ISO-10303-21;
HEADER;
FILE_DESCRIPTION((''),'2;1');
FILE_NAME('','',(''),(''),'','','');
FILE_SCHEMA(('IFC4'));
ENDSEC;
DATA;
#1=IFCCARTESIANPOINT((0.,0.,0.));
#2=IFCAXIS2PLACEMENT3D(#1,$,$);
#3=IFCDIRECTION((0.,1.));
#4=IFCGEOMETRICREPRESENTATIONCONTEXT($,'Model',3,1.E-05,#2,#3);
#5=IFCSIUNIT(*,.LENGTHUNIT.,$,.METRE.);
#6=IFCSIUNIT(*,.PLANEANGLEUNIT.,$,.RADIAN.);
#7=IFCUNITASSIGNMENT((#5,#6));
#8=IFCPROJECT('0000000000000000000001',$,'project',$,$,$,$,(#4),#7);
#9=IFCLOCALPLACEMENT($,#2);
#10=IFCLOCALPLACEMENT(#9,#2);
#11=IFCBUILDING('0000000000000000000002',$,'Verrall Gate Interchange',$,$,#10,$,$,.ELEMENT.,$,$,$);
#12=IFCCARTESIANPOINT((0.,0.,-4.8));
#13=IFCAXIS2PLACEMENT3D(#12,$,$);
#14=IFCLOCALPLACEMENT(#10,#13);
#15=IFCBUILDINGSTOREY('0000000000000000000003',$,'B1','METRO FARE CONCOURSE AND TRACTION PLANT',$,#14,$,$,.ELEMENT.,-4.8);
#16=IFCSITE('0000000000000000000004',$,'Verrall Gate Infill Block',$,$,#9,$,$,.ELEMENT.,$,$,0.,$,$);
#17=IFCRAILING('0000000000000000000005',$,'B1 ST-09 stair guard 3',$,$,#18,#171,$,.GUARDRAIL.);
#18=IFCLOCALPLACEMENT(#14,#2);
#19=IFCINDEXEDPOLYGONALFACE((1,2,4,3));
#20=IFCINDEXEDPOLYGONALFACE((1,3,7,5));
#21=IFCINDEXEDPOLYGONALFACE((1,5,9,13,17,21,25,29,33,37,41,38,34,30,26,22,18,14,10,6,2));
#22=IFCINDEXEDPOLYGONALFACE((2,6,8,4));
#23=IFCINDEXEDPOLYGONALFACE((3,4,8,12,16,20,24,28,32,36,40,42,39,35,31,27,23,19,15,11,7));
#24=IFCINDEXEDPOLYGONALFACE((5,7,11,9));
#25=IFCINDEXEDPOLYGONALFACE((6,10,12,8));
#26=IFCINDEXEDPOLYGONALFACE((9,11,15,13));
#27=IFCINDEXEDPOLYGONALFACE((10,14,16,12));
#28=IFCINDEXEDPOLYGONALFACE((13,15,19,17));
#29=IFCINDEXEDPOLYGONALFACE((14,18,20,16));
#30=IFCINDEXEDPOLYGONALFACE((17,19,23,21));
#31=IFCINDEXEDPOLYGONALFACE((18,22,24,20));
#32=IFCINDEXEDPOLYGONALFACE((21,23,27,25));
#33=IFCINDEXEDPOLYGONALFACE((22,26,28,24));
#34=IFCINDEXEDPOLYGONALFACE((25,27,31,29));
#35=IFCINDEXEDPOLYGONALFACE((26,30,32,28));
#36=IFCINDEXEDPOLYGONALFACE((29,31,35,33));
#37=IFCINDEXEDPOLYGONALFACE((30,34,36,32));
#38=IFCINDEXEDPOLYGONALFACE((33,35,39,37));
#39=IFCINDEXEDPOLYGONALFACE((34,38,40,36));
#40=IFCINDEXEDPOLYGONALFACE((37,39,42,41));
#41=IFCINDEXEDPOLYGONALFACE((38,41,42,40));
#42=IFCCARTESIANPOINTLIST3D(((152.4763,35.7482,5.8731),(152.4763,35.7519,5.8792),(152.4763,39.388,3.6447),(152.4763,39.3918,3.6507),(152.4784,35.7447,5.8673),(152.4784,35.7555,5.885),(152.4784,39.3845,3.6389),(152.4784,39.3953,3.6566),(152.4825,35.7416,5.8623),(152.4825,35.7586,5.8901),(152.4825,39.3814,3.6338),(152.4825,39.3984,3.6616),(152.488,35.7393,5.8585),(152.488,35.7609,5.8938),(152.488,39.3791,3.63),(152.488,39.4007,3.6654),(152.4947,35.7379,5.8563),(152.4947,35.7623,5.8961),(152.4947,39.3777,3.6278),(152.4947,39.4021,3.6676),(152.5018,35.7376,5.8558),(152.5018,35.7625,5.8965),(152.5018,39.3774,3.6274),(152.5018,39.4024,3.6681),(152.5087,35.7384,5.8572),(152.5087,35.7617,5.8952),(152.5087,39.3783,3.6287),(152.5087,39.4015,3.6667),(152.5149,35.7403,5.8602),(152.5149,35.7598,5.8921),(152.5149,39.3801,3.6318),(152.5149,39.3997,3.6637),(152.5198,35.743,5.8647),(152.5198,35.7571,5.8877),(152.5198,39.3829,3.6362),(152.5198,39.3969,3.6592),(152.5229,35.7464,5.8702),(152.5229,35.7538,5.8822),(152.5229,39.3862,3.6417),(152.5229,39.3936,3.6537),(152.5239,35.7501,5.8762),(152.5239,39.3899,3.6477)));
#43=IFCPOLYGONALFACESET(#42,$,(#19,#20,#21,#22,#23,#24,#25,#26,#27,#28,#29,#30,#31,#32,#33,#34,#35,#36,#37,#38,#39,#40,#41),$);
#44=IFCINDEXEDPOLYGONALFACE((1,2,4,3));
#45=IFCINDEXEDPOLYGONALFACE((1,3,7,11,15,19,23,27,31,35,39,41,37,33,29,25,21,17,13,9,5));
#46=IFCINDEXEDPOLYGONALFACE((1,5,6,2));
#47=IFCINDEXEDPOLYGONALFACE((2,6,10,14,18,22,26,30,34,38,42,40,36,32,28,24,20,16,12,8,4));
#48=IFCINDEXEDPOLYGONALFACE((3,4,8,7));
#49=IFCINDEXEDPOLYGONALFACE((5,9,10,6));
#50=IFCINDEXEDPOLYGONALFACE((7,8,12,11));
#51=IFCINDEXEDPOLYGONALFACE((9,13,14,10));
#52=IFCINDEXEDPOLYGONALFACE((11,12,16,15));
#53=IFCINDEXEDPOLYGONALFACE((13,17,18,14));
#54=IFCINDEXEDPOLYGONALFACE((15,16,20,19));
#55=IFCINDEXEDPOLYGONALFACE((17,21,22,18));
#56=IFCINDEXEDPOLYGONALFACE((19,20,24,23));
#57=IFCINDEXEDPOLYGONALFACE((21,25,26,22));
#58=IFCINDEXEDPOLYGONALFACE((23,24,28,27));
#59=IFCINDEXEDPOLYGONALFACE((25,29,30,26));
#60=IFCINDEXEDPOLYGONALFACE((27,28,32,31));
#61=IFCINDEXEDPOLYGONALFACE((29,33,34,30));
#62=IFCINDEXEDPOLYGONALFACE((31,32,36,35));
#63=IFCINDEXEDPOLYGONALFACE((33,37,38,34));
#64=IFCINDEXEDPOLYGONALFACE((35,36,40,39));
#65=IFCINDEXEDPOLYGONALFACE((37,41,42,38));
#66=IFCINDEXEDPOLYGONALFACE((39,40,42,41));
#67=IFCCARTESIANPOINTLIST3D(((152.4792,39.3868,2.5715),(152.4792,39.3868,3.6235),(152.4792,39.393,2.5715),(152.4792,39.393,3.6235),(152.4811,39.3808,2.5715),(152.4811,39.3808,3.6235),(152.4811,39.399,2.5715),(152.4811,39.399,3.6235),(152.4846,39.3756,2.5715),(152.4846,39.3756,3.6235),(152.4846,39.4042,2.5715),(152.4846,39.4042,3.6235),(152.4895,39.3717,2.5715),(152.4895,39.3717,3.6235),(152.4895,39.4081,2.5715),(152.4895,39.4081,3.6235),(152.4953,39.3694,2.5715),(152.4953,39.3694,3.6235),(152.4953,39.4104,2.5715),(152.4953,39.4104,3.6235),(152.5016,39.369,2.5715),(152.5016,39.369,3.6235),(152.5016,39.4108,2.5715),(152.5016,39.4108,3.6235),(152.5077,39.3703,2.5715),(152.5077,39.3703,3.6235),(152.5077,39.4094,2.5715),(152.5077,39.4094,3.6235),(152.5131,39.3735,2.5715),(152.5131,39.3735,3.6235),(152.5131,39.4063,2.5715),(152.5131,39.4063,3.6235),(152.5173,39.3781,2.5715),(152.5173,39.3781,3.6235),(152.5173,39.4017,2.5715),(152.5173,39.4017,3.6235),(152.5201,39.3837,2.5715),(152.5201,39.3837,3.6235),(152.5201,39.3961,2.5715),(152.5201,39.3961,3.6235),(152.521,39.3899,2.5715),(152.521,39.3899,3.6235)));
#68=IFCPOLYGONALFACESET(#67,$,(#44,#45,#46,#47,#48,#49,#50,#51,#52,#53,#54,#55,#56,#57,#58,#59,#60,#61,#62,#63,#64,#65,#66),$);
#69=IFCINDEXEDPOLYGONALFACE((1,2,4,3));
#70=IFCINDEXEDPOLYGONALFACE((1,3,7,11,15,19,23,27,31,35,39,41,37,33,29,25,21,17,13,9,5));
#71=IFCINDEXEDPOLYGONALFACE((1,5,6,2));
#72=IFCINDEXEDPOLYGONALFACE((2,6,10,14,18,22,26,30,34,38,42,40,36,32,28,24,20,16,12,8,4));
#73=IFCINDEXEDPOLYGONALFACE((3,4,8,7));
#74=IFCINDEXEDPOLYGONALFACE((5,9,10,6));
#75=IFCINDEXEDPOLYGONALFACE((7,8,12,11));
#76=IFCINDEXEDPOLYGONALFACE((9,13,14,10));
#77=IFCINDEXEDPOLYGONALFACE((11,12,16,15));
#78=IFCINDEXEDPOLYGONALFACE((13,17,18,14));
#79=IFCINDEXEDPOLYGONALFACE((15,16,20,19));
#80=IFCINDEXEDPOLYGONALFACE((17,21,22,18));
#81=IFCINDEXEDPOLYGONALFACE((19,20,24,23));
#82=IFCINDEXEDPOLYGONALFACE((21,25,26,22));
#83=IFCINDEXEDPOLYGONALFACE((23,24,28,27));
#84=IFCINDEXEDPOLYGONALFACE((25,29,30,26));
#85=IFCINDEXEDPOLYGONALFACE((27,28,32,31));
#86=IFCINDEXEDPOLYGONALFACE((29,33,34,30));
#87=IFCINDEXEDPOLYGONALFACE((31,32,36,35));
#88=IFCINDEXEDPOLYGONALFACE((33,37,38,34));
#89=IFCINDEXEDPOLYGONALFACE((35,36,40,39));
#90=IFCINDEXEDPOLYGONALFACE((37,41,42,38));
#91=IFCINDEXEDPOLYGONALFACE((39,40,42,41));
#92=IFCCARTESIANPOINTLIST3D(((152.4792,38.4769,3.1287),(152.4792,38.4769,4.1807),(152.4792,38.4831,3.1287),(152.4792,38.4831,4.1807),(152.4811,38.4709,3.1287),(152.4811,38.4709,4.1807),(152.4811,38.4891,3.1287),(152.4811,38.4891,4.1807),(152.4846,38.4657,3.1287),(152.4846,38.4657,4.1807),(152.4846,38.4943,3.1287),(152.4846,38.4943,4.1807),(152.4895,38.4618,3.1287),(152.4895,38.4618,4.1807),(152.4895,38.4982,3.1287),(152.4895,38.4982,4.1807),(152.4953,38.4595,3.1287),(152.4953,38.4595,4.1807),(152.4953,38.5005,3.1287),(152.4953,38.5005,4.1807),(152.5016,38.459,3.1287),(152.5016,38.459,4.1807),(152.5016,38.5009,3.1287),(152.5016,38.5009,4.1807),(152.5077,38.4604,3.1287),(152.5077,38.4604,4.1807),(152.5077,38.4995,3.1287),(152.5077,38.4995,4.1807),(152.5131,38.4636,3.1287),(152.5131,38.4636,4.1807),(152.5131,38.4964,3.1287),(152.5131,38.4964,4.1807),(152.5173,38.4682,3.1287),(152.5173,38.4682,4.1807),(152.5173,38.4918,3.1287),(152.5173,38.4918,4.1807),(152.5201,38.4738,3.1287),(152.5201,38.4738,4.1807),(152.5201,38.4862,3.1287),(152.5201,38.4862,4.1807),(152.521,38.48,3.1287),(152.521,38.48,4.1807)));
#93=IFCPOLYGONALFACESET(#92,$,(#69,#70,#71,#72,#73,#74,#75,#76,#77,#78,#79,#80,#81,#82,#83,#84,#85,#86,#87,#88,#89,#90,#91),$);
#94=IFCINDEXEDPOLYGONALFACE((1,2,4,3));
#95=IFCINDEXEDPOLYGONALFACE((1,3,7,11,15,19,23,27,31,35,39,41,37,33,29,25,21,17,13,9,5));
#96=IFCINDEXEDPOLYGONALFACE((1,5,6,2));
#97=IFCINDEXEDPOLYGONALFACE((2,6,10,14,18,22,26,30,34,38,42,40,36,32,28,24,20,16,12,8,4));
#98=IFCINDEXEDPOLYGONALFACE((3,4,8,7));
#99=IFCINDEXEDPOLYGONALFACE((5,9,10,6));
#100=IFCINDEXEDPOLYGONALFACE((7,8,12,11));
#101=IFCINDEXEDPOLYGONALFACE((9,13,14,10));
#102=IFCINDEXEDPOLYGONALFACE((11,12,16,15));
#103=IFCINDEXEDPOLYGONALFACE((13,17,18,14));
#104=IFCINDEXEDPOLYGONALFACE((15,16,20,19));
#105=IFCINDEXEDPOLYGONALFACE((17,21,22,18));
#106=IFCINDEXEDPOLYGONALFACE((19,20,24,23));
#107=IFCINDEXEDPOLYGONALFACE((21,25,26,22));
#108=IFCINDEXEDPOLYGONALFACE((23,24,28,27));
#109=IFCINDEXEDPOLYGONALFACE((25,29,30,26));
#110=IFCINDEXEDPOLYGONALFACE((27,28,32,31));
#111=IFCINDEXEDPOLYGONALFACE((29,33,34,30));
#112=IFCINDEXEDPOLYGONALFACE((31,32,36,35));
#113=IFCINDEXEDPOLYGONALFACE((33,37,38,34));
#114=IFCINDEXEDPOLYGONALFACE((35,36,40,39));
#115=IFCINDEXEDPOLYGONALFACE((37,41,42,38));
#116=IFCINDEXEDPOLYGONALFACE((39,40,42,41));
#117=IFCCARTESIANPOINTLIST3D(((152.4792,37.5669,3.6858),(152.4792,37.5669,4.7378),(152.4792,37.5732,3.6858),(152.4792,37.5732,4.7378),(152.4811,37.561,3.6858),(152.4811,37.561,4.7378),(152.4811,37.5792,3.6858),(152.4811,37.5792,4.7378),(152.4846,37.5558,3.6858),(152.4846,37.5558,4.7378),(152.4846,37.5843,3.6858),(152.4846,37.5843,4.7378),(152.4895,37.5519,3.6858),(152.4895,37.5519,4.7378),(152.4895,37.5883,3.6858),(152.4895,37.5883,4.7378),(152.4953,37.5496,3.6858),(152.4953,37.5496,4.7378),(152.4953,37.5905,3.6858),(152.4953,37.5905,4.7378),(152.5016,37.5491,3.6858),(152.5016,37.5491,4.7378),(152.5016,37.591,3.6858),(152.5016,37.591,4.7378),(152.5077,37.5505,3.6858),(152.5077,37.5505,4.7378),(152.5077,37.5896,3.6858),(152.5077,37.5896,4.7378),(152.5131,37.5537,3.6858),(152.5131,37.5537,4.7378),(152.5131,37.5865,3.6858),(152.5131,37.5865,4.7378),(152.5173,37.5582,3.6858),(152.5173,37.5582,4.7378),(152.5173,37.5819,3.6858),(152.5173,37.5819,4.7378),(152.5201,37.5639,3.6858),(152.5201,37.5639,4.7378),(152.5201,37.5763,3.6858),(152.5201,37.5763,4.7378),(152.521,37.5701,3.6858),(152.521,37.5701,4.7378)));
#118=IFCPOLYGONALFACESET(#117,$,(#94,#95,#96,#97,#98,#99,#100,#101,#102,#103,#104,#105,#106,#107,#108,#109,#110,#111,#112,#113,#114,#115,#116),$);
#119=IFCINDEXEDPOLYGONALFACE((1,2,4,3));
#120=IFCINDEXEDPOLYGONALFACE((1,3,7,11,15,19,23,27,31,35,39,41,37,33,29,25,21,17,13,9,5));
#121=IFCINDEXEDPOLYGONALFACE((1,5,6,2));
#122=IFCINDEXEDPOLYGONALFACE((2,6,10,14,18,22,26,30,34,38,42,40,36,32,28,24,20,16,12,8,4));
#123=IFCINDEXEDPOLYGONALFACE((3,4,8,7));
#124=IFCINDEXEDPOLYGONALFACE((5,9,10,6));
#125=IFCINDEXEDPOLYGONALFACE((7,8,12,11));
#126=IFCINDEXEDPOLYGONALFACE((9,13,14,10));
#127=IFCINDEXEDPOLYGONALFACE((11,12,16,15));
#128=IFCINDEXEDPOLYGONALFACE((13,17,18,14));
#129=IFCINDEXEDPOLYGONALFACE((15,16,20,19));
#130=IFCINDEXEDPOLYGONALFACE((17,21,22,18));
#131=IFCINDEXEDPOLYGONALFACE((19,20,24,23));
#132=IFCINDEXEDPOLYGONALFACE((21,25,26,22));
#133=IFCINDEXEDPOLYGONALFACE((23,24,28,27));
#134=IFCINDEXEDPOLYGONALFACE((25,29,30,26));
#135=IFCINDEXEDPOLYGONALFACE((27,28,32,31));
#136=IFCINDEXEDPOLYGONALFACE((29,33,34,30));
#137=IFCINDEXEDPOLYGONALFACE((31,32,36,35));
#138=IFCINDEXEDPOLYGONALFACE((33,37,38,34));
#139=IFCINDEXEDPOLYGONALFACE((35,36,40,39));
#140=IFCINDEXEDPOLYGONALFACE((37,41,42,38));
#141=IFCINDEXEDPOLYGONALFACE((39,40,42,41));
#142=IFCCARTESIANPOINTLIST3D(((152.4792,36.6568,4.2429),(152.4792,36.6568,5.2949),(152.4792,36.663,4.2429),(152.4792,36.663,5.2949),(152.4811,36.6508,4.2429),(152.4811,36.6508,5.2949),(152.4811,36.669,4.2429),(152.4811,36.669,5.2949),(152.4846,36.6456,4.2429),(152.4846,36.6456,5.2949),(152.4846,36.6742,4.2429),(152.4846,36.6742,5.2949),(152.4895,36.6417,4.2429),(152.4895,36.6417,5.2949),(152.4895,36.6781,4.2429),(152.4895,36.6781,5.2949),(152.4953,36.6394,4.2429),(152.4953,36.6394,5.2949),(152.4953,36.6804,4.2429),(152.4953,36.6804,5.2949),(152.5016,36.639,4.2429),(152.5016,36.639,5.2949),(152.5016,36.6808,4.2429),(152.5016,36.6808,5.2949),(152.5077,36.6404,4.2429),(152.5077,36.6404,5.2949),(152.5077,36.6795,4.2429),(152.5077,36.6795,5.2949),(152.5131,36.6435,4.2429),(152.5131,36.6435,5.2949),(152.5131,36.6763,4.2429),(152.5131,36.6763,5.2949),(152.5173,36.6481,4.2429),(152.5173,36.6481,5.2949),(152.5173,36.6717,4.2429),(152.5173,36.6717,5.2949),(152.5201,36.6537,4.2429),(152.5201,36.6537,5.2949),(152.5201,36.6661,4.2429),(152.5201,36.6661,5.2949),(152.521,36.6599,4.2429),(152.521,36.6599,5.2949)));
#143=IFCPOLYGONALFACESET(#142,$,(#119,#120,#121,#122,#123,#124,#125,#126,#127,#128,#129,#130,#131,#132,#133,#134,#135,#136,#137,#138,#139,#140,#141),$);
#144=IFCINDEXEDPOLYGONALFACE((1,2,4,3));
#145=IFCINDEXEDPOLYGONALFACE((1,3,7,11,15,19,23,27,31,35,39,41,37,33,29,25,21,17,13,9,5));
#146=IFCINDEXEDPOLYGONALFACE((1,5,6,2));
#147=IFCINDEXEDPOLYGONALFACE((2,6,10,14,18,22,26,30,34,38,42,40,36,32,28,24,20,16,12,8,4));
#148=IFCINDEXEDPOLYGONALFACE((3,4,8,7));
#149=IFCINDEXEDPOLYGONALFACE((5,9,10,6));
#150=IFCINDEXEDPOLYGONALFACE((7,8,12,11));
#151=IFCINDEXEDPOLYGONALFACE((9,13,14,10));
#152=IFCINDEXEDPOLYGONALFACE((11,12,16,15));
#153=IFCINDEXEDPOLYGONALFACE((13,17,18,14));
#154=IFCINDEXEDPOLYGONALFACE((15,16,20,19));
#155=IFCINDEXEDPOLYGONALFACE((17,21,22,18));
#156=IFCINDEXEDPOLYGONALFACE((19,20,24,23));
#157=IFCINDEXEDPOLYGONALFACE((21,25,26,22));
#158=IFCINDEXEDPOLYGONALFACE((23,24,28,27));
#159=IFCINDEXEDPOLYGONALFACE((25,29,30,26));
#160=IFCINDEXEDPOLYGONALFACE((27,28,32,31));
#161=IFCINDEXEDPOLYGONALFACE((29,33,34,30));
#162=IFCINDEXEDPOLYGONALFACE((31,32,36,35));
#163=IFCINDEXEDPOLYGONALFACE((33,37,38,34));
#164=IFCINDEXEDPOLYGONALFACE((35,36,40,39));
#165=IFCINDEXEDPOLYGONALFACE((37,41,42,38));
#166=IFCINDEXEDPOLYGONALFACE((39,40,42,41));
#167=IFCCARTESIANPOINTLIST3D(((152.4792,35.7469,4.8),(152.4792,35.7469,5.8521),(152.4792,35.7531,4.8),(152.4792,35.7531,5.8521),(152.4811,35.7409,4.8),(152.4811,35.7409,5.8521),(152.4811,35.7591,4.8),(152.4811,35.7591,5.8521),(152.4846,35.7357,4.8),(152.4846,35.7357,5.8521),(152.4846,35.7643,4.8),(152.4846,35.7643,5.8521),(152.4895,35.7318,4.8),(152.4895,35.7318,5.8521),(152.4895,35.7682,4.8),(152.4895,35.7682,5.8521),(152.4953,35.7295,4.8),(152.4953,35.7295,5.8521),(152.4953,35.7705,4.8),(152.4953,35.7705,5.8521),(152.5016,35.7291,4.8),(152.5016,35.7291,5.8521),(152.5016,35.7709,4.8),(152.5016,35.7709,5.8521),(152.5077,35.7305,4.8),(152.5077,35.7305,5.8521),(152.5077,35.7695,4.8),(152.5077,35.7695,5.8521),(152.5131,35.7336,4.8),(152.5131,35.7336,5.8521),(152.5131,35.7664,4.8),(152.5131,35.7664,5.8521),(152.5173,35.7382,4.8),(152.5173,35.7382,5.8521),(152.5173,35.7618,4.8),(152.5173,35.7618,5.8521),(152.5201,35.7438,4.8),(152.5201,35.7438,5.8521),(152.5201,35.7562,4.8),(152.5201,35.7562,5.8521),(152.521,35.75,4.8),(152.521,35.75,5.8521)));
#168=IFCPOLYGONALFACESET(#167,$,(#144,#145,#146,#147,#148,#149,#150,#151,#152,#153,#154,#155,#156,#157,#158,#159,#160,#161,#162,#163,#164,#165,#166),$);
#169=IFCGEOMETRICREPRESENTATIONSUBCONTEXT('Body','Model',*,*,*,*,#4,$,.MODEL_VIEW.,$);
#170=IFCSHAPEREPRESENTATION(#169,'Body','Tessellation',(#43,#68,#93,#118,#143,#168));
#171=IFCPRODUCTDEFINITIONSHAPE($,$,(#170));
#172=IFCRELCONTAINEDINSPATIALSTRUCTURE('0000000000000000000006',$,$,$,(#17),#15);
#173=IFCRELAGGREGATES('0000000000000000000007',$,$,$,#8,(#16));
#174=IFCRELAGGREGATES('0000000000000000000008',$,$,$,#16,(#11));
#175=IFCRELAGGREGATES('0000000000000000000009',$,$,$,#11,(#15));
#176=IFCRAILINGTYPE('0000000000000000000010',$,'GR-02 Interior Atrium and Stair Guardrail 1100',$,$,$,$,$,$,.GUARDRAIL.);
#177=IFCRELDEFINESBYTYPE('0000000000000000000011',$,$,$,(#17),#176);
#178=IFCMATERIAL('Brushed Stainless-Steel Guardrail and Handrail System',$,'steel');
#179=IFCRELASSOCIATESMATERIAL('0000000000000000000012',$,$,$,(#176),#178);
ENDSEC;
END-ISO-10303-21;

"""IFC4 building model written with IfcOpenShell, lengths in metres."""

from ifc_helpers import new_model, si_unit, direction, frame, origin, origin_2d, place, context, subcontext, project, spatial, circle, extrude, material, type_object, element, save


model = new_model("IFC4")

# Units and contexts
model_context = context("Model", 3, precision=1e-05, world=origin(), true_north=direction((0.0, 1.0)))
body_context = subcontext(model_context, "Body", "Model", "MODEL_VIEW")
ifc_project = project(units=[si_unit("LENGTHUNIT", "METRE"), si_unit("PLANEANGLEUNIT", "RADIAN")], contexts=[model_context])

# Site, building, storey
site_placement = place(None, origin())
site = spatial("IfcSite", under=ifc_project, at=site_placement, Name="Verrall Gate Infill Block", CompositionType="ELEMENT", RefElevation=0.0)
building_placement = place(site_placement, origin())
building = spatial("IfcBuilding", under=site, at=building_placement, Name="Verrall Gate Interchange", CompositionType="ELEMENT")
storey_placement = place(building_placement, frame((0.0, 0.0, -4.8)))
storey = spatial("IfcBuildingStorey", under=building, at=storey_placement, Name="B1", Description="METRO FARE CONCOURSE AND TRACTION PLANT", CompositionType="ELEMENT", Elevation=-4.8)

# Railing
ifc_material_1 = material(Name="Brushed Stainless-Steel Guardrail and Handrail System", Category="steel")
railing_type_1 = type_object("IfcRailingType", Name="GR-02 Interior Atrium and Stair Guardrail 1100", PredefinedType="GUARDRAIL", material=ifc_material_1)
railing_1_placement = place(storey_placement, frame((152.5, 39.3899, 2.5715)))
element("IfcRailing", 1, at=railing_1_placement, inside=storey, type_object=railing_type_1, Name="B1 ST-09 stair guard 3", PredefinedType="GUARDRAIL", context=body_context, shape_type="SweptSolid", body=[
    extrude(circle(Radius=0.0239, at=origin_2d()), frame((0.0, 0.0, 1.0762), z_axis=(0.0, -0.85285, 0.522156), x_axis=(1.0, 0.0, 0.0)), (0.0, 0.0, 1.0), 4.2678),
    extrude(circle(Radius=0.021, at=origin_2d()), origin(), (0.0, 0.0, 1.0), 1.052),
    extrude(circle(Radius=0.021, at=origin_2d()), frame((0.0, -0.9099, 0.5571)), (0.0, 0.0, 1.0), 1.052),
    extrude(circle(Radius=0.021, at=origin_2d()), frame((0.0, -1.8198, 1.1143)), (0.0, 0.0, 1.0), 1.052),
    extrude(circle(Radius=0.021, at=origin_2d()), frame((0.0, -2.73, 1.6714)), (0.0, 0.0, 1.0), 1.052),
    extrude(circle(Radius=0.021, at=origin_2d()), frame((0.0, -3.6399, 2.2285)), (0.0, 0.0, 1.0), 1.052),
])

save(model, "model.ifc")
